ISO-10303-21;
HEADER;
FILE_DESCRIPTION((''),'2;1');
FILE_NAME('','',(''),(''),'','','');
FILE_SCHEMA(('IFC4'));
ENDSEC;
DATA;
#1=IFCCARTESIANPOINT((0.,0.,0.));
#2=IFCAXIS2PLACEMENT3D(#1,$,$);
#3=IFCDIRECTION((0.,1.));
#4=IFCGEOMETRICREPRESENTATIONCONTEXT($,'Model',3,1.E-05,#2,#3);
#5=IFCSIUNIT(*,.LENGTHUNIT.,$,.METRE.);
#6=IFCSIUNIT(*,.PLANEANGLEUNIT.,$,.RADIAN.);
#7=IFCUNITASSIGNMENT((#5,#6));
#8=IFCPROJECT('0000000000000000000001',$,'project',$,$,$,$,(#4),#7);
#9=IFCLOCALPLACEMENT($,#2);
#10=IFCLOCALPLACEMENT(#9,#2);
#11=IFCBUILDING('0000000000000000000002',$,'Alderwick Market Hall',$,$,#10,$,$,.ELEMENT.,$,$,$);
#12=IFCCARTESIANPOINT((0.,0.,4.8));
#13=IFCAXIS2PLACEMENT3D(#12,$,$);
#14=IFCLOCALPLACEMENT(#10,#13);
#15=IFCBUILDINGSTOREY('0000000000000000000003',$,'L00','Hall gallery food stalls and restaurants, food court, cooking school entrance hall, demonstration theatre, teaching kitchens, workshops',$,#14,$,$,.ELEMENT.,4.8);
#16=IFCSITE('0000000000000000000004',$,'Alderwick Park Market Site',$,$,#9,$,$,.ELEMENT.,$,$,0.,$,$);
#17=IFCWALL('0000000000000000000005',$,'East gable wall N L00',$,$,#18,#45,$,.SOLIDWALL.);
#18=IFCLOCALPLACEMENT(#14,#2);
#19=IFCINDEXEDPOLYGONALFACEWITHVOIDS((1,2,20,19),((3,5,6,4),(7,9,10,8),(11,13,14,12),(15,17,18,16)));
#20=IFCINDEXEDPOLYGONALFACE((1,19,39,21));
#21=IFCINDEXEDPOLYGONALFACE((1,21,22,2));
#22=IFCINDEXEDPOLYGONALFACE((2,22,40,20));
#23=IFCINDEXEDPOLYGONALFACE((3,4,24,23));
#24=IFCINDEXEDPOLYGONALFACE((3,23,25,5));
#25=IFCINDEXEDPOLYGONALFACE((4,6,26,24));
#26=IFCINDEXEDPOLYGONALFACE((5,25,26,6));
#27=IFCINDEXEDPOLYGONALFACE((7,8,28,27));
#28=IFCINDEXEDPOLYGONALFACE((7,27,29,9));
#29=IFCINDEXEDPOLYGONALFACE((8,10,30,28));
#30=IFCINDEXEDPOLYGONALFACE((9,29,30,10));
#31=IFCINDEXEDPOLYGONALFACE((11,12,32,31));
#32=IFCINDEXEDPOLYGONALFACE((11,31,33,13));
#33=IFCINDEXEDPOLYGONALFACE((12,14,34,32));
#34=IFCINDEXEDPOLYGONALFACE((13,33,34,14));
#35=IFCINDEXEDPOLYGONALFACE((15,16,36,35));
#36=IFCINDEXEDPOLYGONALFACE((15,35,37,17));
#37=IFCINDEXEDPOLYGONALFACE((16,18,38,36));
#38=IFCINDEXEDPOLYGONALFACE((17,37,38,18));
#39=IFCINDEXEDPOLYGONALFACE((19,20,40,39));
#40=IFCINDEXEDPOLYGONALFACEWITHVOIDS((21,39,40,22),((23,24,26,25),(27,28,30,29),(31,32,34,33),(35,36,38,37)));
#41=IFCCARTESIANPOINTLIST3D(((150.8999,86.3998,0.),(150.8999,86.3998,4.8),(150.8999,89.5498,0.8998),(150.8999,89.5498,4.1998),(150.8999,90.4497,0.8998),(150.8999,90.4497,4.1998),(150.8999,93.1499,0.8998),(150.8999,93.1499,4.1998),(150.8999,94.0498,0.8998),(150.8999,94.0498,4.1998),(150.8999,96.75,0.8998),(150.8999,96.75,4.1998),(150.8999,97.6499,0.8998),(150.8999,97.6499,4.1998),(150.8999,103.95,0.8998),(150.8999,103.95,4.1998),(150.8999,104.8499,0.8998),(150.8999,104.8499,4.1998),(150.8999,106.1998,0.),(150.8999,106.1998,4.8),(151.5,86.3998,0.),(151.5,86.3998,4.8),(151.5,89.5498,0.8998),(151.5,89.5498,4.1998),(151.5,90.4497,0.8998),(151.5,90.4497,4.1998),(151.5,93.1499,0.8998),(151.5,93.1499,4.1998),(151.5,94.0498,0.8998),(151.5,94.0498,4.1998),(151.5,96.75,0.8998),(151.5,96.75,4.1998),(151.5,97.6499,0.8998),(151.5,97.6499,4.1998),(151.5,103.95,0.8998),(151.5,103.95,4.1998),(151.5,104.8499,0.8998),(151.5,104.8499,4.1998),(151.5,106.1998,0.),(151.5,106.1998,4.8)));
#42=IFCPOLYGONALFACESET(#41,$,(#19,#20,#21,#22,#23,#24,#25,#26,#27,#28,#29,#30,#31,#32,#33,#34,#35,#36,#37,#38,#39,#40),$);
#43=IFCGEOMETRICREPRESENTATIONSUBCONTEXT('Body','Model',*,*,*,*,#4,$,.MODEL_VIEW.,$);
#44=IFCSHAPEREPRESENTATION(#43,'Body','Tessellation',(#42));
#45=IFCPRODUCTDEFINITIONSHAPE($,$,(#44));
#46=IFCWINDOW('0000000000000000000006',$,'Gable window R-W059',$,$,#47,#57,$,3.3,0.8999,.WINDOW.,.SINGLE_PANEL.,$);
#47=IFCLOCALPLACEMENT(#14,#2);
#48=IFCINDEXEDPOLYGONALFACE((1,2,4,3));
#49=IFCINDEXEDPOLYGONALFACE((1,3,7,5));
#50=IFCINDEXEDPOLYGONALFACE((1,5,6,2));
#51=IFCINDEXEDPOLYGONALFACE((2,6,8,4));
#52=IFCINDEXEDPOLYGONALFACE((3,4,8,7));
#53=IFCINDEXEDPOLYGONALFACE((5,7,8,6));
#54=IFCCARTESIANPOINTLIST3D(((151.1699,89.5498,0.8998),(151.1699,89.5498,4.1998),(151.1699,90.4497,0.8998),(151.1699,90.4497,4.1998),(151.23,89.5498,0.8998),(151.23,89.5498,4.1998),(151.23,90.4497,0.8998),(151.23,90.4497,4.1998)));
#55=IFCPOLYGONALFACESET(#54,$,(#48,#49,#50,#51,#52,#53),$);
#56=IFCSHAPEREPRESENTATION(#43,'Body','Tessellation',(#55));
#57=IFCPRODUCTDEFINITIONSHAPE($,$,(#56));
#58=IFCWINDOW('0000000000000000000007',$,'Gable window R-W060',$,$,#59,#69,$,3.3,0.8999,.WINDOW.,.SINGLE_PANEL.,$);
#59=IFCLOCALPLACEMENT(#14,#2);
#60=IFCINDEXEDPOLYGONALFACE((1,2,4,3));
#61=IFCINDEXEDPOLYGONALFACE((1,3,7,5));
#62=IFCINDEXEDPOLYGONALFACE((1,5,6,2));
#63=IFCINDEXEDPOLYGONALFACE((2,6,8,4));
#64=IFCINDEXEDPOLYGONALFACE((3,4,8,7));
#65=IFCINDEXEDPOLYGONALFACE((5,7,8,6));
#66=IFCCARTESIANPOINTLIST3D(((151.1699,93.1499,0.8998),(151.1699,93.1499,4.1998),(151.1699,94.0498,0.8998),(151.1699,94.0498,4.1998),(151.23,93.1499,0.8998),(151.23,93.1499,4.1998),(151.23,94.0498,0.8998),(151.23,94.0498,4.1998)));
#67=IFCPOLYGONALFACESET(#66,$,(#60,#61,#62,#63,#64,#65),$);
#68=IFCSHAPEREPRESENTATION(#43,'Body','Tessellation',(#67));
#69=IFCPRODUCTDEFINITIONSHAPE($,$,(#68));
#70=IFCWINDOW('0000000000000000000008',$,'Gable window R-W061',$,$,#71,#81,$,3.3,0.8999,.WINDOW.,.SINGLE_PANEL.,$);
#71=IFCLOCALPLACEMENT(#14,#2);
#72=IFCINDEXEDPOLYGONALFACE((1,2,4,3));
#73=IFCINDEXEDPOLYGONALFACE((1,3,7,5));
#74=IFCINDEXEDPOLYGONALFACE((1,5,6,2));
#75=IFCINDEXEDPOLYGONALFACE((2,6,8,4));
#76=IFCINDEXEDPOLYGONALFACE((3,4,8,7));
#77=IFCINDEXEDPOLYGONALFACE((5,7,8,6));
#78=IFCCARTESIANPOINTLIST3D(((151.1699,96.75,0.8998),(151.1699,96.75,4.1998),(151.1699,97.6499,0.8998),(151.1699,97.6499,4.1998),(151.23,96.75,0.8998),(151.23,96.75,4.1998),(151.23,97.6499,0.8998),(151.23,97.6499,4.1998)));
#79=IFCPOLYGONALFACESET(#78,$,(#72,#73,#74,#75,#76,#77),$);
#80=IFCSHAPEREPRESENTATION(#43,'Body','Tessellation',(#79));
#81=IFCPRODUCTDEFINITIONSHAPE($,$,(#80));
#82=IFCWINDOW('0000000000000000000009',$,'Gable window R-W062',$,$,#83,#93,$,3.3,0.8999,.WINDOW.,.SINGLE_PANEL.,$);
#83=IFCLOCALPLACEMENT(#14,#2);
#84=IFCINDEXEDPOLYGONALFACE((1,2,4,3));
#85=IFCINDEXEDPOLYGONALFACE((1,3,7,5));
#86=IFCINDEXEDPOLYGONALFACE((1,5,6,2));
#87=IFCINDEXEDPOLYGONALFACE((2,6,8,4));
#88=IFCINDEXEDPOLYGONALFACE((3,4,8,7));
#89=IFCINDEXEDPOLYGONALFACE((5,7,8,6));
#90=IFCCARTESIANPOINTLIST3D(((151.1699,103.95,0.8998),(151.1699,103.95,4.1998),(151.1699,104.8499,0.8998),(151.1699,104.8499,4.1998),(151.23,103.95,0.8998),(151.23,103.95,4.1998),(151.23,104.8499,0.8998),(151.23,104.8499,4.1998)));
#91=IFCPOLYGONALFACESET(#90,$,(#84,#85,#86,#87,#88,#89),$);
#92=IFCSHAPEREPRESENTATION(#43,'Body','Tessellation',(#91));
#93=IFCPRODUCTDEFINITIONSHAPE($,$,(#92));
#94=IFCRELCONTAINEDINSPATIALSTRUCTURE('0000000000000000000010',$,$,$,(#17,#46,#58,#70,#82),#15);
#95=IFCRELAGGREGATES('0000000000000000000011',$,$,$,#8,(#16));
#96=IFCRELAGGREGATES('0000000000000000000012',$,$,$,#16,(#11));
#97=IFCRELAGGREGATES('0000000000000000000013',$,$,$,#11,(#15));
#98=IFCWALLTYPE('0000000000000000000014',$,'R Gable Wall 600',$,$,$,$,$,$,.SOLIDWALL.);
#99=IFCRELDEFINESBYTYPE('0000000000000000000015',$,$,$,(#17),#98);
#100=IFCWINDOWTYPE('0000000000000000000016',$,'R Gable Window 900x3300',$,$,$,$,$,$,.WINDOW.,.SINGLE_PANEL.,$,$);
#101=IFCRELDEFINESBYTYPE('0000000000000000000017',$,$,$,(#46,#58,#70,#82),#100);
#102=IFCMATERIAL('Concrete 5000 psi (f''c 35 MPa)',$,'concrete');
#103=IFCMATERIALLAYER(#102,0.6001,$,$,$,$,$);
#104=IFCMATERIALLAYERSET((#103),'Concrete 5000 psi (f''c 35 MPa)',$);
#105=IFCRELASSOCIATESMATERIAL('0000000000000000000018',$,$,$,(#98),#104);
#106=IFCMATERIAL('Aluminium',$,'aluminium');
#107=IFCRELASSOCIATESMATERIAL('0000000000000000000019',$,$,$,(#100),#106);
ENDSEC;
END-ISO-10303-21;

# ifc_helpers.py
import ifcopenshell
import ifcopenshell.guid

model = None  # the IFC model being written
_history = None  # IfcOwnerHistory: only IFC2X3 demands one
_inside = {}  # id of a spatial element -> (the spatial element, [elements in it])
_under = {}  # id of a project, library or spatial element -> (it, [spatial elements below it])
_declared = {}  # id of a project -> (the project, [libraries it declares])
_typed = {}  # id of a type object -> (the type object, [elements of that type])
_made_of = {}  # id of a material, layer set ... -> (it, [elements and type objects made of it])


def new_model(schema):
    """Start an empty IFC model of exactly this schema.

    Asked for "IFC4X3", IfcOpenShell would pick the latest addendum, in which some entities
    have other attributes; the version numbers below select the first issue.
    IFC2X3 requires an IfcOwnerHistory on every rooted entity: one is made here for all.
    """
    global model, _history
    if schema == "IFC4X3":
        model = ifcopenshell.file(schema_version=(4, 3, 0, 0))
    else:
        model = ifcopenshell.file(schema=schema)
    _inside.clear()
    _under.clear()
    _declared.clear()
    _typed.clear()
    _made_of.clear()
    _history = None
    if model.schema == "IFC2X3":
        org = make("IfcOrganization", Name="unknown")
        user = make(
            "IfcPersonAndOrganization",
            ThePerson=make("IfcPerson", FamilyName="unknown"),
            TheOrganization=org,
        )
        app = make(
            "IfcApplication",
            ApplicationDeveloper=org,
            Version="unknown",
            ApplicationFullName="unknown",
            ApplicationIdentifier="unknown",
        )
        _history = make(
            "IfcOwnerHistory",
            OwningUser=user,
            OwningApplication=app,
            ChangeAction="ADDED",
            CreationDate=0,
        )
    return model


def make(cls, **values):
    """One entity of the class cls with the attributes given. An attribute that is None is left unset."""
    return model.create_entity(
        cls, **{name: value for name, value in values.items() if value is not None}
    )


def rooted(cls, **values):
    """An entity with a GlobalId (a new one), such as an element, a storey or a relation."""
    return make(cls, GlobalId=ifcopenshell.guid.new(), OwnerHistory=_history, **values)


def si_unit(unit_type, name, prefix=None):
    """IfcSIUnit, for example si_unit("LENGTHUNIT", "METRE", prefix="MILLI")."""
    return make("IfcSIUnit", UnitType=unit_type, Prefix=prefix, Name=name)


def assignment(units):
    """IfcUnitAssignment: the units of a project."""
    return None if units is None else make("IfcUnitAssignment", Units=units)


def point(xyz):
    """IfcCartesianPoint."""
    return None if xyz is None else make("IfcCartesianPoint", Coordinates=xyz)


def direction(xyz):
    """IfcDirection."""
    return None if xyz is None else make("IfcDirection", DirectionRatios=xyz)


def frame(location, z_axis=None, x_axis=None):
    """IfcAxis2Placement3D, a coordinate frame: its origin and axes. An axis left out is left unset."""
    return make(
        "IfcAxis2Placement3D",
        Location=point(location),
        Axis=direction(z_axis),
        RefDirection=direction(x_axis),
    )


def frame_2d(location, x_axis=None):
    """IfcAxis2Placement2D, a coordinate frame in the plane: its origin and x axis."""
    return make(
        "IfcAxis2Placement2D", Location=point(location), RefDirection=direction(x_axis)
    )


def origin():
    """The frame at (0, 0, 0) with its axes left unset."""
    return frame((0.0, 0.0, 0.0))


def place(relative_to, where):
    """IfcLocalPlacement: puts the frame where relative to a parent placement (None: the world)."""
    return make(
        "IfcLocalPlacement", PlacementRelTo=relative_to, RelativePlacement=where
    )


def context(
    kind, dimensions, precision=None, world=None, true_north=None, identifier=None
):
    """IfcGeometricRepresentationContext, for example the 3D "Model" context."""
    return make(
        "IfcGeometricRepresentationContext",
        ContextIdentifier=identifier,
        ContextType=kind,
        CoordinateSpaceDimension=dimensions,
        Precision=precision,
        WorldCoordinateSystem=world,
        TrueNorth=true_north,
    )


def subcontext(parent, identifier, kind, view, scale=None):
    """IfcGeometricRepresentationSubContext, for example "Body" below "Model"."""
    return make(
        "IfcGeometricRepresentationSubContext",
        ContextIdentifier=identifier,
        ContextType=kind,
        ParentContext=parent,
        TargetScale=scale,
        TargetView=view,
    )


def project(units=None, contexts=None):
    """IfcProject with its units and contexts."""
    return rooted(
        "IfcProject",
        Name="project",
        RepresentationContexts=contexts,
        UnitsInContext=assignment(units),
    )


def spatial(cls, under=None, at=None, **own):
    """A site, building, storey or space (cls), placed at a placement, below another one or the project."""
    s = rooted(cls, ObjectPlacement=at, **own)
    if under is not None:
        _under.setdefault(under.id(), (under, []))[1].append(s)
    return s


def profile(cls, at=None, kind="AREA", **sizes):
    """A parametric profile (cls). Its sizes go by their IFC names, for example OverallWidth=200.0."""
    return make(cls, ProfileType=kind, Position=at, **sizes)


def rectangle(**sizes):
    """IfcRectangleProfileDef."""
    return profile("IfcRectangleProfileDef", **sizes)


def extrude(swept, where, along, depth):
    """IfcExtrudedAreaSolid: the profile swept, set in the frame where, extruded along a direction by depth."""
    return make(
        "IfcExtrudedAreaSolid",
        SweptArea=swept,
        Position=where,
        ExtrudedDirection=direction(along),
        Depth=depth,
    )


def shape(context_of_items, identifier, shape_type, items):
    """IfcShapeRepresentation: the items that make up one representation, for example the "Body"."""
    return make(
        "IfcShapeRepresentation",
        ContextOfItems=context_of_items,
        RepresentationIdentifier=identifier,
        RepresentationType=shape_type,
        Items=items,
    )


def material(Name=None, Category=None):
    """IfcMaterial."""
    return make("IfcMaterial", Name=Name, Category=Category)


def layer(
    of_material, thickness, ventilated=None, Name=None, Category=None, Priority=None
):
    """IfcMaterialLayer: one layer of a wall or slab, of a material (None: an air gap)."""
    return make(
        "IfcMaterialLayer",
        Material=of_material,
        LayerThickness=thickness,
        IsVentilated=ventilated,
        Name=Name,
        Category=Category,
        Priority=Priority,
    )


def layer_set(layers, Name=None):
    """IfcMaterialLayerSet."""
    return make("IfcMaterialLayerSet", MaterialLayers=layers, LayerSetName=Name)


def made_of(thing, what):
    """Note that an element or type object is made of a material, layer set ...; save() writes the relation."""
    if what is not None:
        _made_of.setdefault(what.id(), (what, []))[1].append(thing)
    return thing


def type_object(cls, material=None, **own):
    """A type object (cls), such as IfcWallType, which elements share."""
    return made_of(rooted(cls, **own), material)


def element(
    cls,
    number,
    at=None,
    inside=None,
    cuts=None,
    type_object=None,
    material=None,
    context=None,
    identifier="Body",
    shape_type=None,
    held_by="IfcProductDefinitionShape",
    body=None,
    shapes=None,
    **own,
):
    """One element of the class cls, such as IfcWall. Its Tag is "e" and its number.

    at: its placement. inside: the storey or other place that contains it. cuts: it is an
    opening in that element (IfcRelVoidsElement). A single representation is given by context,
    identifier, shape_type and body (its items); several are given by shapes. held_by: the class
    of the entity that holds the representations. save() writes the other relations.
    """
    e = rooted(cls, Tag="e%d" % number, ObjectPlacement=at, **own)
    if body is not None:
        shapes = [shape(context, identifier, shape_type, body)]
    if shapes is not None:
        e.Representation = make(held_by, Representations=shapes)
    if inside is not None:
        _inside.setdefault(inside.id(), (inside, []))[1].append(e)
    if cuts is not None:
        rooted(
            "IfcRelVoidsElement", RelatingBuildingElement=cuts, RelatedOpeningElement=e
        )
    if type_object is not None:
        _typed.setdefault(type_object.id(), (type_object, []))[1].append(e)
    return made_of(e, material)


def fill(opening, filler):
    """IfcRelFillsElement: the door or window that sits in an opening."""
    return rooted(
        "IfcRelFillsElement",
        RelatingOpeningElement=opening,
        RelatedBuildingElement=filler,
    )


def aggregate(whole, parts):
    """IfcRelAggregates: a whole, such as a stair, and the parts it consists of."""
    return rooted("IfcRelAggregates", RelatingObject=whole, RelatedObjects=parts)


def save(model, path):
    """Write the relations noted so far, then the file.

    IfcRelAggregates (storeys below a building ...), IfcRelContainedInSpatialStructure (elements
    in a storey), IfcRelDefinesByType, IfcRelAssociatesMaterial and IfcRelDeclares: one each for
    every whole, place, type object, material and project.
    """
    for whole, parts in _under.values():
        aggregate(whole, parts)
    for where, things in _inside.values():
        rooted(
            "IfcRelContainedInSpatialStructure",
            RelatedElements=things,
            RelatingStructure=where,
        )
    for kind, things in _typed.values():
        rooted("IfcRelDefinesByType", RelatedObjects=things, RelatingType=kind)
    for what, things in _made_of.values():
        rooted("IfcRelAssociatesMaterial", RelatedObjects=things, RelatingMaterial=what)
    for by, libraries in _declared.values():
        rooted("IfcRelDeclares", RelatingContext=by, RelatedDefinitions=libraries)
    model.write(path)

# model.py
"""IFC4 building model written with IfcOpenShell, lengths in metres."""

from ifc_helpers import new_model, si_unit, direction, frame, frame_2d, origin, place, context, subcontext, project, spatial, rectangle, extrude, material, layer, layer_set, type_object, element, fill, save


model = new_model("IFC4")

# Units and contexts
model_context = context("Model", 3, precision=1e-05, world=origin(), true_north=direction((0.0, 1.0)))
body_context = subcontext(model_context, "Body", "Model", "MODEL_VIEW")
ifc_project = project(units=[si_unit("LENGTHUNIT", "METRE"), si_unit("PLANEANGLEUNIT", "RADIAN")], contexts=[model_context])

# Site, building, storey
site_placement = place(None, origin())
site = spatial("IfcSite", under=ifc_project, at=site_placement, Name="Alderwick Park Market Site", CompositionType="ELEMENT", RefElevation=0.0)
building_placement = place(site_placement, origin())
building = spatial("IfcBuilding", under=site, at=building_placement, Name="Alderwick Market Hall", CompositionType="ELEMENT")
storey_placement = place(building_placement, frame((0.0, 0.0, 4.8)))
storey = spatial("IfcBuildingStorey", under=building, at=storey_placement, Name="L00", Description="Hall gallery food stalls and restaurants, food court, cooking school entrance hall, demonstration theatre, teaching kitchens, workshops", CompositionType="ELEMENT", Elevation=4.8)

# Shared definitions
ifc_material_1 = material(Name="Concrete 5000 psi (f'c 35 MPa)", Category="concrete")

# Shared definitions
ifc_material_2 = material(Name="Aluminium", Category="aluminium")

# Wall, openings, windows
ifc_layer_1 = layer(ifc_material_1, 0.6001)
ifc_layer_set_1 = layer_set([ifc_layer_1], Name="Concrete 5000 psi (f'c 35 MPa)")
wall_type = type_object("IfcWallType", Name="R Gable Wall 600", PredefinedType="SOLIDWALL", material=ifc_layer_set_1)
wall_placement = place(storey_placement, frame((151.2, 86.3999, 0.0), z_axis=(0.0, 0.0, 1.0), x_axis=(0.0, 1.0, 0.0)))
wall = element("IfcWall", 1, at=wall_placement, inside=storey, type_object=wall_type, Name="East gable wall N L00", PredefinedType="SOLIDWALL", context=body_context, shape_type="SweptSolid", body=[
    extrude(rectangle(XDim=19.8, YDim=0.6001, at=frame_2d((9.8999, 0.0))), origin(), (0.0, 0.0, 1.0), 4.8),
])
opening_1_placement = place(wall_placement, frame((3.1499, 0.0, 0.8999)))
opening_1 = element("IfcOpeningElement", 2, at=opening_1_placement, cuts=wall, PredefinedType="OPENING", context=body_context, shape_type="SweptSolid", body=[
    extrude(rectangle(XDim=0.8999, YDim=3.3, at=frame_2d((0.45, 1.6499))), frame((0.0, 0.3101, 0.0), z_axis=(0.0, -1.0, 0.0), x_axis=(1.0, 0.0, 0.0)), (0.0, 0.0, 1.0), 0.6201),
])
opening_2_placement = place(wall_placement, frame((6.75, 0.0, 0.8999)))
opening_2 = element("IfcOpeningElement", 3, at=opening_2_placement, cuts=wall, PredefinedType="OPENING", context=body_context, shape_type="SweptSolid", body=[
    extrude(rectangle(XDim=0.8999, YDim=3.3, at=frame_2d((0.45, 1.6499))), frame((0.0, 0.3101, 0.0), z_axis=(0.0, -1.0, 0.0), x_axis=(1.0, 0.0, 0.0)), (0.0, 0.0, 1.0), 0.6201),
])
opening_3_placement = place(wall_placement, frame((10.3501, 0.0, 0.8999)))
opening_3 = element("IfcOpeningElement", 4, at=opening_3_placement, cuts=wall, PredefinedType="OPENING", context=body_context, shape_type="SweptSolid", body=[
    extrude(rectangle(XDim=0.8999, YDim=3.3, at=frame_2d((0.45, 1.6499))), frame((0.0, 0.3101, 0.0), z_axis=(0.0, -1.0, 0.0), x_axis=(1.0, 0.0, 0.0)), (0.0, 0.0, 1.0), 0.6201),
])
opening_4_placement = place(wall_placement, frame((17.55, 0.0, 0.8999)))
opening_4 = element("IfcOpeningElement", 5, at=opening_4_placement, cuts=wall, PredefinedType="OPENING", context=body_context, shape_type="SweptSolid", body=[
    extrude(rectangle(XDim=0.8999, YDim=3.3, at=frame_2d((0.45, 1.6499))), frame((0.0, 0.3101, 0.0), z_axis=(0.0, -1.0, 0.0), x_axis=(1.0, 0.0, 0.0)), (0.0, 0.0, 1.0), 0.6201),
])
window_type = type_object("IfcWindowType", Name="R Gable Window 900x3300", PartitioningType="SINGLE_PANEL", PredefinedType="WINDOW", material=ifc_material_2)
window_1_placement = place(opening_1_placement, origin())
window_1 = element("IfcWindow", 6, at=window_1_placement, inside=storey, type_object=window_type, Name="Gable window R-W059", OverallHeight=3.3, OverallWidth=0.8999, PartitioningType="SINGLE_PANEL", PredefinedType="WINDOW", context=body_context, shape_type="SweptSolid", body=[
    extrude(rectangle(XDim=0.8999, YDim=3.3, at=frame_2d((0.45, 1.6499))), frame((0.0, 0.03, 0.0), z_axis=(0.0, -1.0, 0.0), x_axis=(1.0, 0.0, 0.0)), (0.0, 0.0, 1.0), 0.0601),
])
fill(opening_1, window_1)
window_2_placement = place(opening_2_placement, origin())
window_2 = element("IfcWindow", 7, at=window_2_placement, inside=storey, type_object=window_type, Name="Gable window R-W060", OverallHeight=3.3, OverallWidth=0.8999, PartitioningType="SINGLE_PANEL", PredefinedType="WINDOW", context=body_context, shape_type="SweptSolid", body=[
    extrude(rectangle(XDim=0.8999, YDim=3.3, at=frame_2d((0.45, 1.6499))), frame((0.0, 0.03, 0.0), z_axis=(0.0, -1.0, 0.0), x_axis=(1.0, 0.0, 0.0)), (0.0, 0.0, 1.0), 0.0601),
])
fill(opening_2, window_2)
window_3_placement = place(opening_3_placement, origin())
window_3 = element("IfcWindow", 8, at=window_3_placement, inside=storey, type_object=window_type, Name="Gable window R-W061", OverallHeight=3.3, OverallWidth=0.8999, PartitioningType="SINGLE_PANEL", PredefinedType="WINDOW", context=body_context, shape_type="SweptSolid", body=[
    extrude(rectangle(XDim=0.8999, YDim=3.3, at=frame_2d((0.45, 1.6499))), frame((0.0, 0.03, 0.0), z_axis=(0.0, -1.0, 0.0), x_axis=(1.0, 0.0, 0.0)), (0.0, 0.0, 1.0), 0.0601),
])
fill(opening_3, window_3)
window_4_placement = place(opening_4_placement, origin())
window_4 = element("IfcWindow", 9, at=window_4_placement, inside=storey, type_object=window_type, Name="Gable window R-W062", OverallHeight=3.3, OverallWidth=0.8999, PartitioningType="SINGLE_PANEL", PredefinedType="WINDOW", context=body_context, shape_type="SweptSolid", body=[
    extrude(rectangle(XDim=0.8999, YDim=3.3, at=frame_2d((0.45, 1.6499))), frame((0.0, 0.03, 0.0), z_axis=(0.0, -1.0, 0.0), x_axis=(1.0, 0.0, 0.0)), (0.0, 0.0, 1.0), 0.0601),
])
fill(opening_4, window_4)

save(model, "model.ifc")
